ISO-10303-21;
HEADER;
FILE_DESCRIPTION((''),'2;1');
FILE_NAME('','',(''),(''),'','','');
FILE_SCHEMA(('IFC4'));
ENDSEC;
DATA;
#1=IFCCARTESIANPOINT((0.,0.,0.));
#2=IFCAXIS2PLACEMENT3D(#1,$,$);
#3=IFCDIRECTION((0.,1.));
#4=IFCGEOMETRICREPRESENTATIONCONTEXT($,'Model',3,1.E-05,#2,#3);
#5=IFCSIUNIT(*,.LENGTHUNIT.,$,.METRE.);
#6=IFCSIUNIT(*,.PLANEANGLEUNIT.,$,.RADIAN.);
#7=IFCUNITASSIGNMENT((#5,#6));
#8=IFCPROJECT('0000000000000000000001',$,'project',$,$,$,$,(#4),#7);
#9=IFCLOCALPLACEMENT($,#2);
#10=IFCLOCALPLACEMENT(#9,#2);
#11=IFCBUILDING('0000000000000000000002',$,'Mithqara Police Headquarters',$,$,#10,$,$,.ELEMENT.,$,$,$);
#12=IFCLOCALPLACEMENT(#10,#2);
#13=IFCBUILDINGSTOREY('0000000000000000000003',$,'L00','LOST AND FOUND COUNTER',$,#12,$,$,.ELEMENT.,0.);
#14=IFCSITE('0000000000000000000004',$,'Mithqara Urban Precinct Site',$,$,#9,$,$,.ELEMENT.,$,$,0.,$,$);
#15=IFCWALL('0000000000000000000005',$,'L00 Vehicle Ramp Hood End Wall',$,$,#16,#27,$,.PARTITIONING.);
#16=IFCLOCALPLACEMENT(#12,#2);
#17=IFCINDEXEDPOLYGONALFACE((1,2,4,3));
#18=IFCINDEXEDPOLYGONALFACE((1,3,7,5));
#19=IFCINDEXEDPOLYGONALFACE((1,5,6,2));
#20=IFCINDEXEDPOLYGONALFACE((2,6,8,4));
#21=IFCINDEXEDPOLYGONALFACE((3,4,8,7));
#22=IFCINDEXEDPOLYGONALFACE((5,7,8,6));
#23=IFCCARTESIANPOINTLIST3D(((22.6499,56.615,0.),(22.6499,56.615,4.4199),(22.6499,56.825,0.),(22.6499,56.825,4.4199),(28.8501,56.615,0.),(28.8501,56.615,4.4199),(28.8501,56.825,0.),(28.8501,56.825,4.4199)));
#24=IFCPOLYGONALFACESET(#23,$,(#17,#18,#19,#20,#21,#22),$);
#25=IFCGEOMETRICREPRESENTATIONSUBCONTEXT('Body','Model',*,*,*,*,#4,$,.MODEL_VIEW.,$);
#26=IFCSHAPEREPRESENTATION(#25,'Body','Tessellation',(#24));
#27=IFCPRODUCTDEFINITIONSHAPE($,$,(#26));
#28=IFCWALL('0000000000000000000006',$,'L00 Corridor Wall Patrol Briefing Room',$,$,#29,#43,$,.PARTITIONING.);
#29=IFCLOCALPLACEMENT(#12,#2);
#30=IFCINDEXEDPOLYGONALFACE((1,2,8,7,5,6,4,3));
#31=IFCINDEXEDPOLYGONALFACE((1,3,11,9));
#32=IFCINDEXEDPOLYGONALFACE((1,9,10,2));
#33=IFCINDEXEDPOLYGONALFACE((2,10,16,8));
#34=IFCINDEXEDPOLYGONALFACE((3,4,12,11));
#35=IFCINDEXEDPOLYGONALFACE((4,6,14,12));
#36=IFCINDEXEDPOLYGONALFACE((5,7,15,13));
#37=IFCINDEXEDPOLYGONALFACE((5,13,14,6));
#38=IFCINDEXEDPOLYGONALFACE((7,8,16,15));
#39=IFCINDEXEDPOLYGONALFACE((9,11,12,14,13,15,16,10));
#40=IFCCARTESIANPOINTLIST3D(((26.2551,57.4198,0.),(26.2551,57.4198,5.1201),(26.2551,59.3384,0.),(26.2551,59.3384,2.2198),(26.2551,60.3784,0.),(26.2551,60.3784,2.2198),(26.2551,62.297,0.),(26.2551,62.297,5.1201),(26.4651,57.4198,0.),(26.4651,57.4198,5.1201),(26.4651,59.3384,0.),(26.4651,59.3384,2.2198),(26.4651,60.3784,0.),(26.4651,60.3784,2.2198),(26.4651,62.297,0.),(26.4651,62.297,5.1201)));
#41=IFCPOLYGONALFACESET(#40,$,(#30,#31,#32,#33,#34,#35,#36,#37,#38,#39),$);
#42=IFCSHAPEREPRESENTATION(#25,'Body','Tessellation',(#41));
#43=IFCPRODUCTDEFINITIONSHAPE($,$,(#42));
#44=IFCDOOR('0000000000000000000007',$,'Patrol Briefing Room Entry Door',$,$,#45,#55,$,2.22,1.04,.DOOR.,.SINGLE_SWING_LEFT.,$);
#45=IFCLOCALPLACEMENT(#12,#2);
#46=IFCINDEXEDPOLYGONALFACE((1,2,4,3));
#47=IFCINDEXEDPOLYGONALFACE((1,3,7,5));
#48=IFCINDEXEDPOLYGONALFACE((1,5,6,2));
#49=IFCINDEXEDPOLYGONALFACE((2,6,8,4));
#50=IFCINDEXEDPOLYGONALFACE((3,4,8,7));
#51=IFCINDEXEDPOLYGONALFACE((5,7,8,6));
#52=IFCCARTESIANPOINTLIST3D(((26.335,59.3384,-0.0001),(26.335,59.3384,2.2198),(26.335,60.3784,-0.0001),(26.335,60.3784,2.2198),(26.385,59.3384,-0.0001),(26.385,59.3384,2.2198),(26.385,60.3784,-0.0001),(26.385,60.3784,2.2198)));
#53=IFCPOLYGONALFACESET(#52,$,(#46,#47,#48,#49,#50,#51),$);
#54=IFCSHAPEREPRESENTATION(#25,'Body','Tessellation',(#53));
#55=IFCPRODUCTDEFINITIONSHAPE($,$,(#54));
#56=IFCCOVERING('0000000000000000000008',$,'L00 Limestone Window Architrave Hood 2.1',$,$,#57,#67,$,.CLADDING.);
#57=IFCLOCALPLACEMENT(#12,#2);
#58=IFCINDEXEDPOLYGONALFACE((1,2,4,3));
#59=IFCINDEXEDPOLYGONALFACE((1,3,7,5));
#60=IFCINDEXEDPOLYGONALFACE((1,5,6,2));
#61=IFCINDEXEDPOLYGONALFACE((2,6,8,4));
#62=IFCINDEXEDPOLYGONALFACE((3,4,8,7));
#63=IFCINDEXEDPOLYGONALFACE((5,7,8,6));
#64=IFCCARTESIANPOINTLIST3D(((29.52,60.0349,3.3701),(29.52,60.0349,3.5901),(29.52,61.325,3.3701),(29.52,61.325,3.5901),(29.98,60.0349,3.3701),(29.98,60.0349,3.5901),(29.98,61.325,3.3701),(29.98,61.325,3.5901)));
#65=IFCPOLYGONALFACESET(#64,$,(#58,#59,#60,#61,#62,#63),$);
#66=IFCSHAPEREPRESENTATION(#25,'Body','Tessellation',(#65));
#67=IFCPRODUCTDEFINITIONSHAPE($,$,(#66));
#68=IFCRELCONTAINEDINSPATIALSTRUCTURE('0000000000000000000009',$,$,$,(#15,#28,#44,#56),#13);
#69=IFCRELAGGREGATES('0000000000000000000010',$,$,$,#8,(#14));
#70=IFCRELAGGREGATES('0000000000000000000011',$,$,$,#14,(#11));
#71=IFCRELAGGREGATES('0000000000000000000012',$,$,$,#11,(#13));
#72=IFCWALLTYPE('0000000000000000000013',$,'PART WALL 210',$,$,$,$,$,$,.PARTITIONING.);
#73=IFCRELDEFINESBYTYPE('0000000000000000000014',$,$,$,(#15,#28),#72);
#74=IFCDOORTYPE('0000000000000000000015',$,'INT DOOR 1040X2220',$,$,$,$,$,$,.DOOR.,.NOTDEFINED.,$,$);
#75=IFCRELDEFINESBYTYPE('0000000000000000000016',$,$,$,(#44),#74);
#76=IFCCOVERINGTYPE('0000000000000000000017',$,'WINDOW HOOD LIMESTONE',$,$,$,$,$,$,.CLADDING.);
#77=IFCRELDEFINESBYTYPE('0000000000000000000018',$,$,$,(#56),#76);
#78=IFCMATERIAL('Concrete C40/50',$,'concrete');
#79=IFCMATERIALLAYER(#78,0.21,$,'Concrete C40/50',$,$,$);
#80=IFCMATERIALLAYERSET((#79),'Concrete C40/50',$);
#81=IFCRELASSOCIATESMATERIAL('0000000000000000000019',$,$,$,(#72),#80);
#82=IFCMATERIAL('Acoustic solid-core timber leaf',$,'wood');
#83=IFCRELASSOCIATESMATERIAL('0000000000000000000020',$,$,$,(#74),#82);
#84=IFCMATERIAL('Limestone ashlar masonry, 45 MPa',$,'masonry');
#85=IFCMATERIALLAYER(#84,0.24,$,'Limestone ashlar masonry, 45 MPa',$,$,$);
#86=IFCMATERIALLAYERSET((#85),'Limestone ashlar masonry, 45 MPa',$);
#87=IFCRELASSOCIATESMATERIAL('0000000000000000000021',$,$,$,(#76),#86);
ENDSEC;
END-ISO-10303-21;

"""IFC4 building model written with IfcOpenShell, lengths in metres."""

from ifc_helpers import new_model, si_unit, direction, frame, frame_2d, origin, origin_2d, place, context, subcontext, project, spatial, rectangle, extrude, material, layer, layer_set, type_object, element, fill, save


model = new_model("IFC4")

# Units and contexts
model_context = context("Model", 3, precision=1e-05, world=origin(), true_north=direction((0.0, 1.0)))
body_context = subcontext(model_context, "Body", "Model", "MODEL_VIEW")
ifc_project = project(units=[si_unit("LENGTHUNIT", "METRE"), si_unit("PLANEANGLEUNIT", "RADIAN")], contexts=[model_context])

# Site, building, storey
site_placement = place(None, origin())
site = spatial("IfcSite", under=ifc_project, at=site_placement, Name="Mithqara Urban Precinct Site", CompositionType="ELEMENT", RefElevation=0.0)
building_placement = place(site_placement, origin())
building = spatial("IfcBuilding", under=site, at=building_placement, Name="Mithqara Police Headquarters", CompositionType="ELEMENT")
storey_placement = place(building_placement, origin())
storey = spatial("IfcBuildingStorey", under=building, at=storey_placement, Name="L00", Description="LOST AND FOUND COUNTER", CompositionType="ELEMENT", Elevation=0.0)

# Shared definitions
ifc_material_1 = material(Name="Concrete C40/50", Category="concrete")

# Shared definitions
ifc_material_2 = material(Name="Limestone ashlar masonry, 45 MPa", Category="masonry")

# Wall
ifc_layer_1 = layer(ifc_material_1, 0.21, Name="Concrete C40/50")
ifc_layer_set_1 = layer_set([ifc_layer_1], Name="Concrete C40/50")
wall_type_1 = type_object("IfcWallType", Name="PART WALL 210", PredefinedType="PARTITIONING", material=ifc_layer_set_1)
wall_1_placement = place(storey_placement, frame((22.6499, 56.72, 0.0), z_axis=(0.0, 0.0, 1.0), x_axis=(1.0, 0.0, 0.0)))
element("IfcWall", 1, at=wall_1_placement, inside=storey, type_object=wall_type_1, Name="L00 Vehicle Ramp Hood End Wall", PredefinedType="PARTITIONING", context=body_context, shape_type="SweptSolid", body=[
    extrude(rectangle(XDim=6.2002, YDim=0.21, at=frame_2d((3.1001, 0.0))), origin(), (0.0, 0.0, 1.0), 4.4199),
])

# Wall, opening, door
wall_2_placement = place(storey_placement, frame((26.3601, 57.4199, 0.0), z_axis=(0.0, 0.0, 1.0), x_axis=(0.0, 1.0, 0.0)))
wall_2 = element("IfcWall", 2, at=wall_2_placement, inside=storey, type_object=wall_type_1, Name="L00 Corridor Wall Patrol Briefing Room", PredefinedType="PARTITIONING", context=body_context, shape_type="SweptSolid", body=[
    extrude(rectangle(XDim=4.8772, YDim=0.21, at=frame_2d((2.4385, 0.0))), origin(), (0.0, 0.0, 1.0), 5.1201),
])
opening_1_placement = place(wall_2_placement, frame((1.9185, 0.0, 0.0)))
opening_1 = element("IfcOpeningElement", 3, at=opening_1_placement, cuts=wall_2, PredefinedType="OPENING", context=body_context, shape_type="SweptSolid", body=[
    extrude(rectangle(XDim=1.04, YDim=2.22, at=frame_2d((0.52, 1.1099))), frame((0.0, 0.115, 0.0), z_axis=(0.0, -1.0, 0.0), x_axis=(1.0, 0.0, 0.0)), (0.0, 0.0, 1.0), 0.23),
])
ifc_material_3 = material(Name="Acoustic solid-core timber leaf", Category="wood")
door_type = type_object("IfcDoorType", Name="INT DOOR 1040X2220", OperationType="NOTDEFINED", PredefinedType="DOOR", material=ifc_material_3)
door_placement = place(opening_1_placement, frame((1.04, 0.0, 0.0), z_axis=(0.0, 0.0, 1.0), x_axis=(-1.0, 0.0, 0.0)))
door = element("IfcDoor", 4, at=door_placement, inside=storey, type_object=door_type, Name="Patrol Briefing Room Entry Door", OperationType="SINGLE_SWING_LEFT", OverallHeight=2.22, OverallWidth=1.04, PredefinedType="DOOR", context=body_context, shape_type="SweptSolid", body=[
    extrude(rectangle(XDim=1.04, YDim=2.22, at=frame_2d((0.52, 1.1099))), frame((0.0, 0.0249, 0.0), z_axis=(0.0, -1.0, 0.0), x_axis=(1.0, 0.0, 0.0)), (0.0, 0.0, 1.0), 0.05),
])
fill(opening_1, door)

# Covering
ifc_layer_2 = layer(ifc_material_2, 0.24, Name="Limestone ashlar masonry, 45 MPa")
ifc_layer_set_2 = layer_set([ifc_layer_2], Name="Limestone ashlar masonry, 45 MPa")
covering_type = type_object("IfcCoveringType", Name="WINDOW HOOD LIMESTONE", PredefinedType="CLADDING", material=ifc_layer_set_2)
covering_placement = place(storey_placement, frame((29.75, 60.6799, 3.3701), z_axis=(0.0, 0.0, 1.0), x_axis=(0.0, 1.0, 0.0)))
element("IfcCovering", 5, at=covering_placement, inside=storey, type_object=covering_type, Name="L00 Limestone Window Architrave Hood 2.1", PredefinedType="CLADDING", context=body_context, shape_type="SweptSolid", body=[
    extrude(rectangle(XDim=1.29, YDim=0.46, at=origin_2d()), origin(), (0.0, 0.0, 1.0), 0.22),
])

save(model, "model.ifc")
